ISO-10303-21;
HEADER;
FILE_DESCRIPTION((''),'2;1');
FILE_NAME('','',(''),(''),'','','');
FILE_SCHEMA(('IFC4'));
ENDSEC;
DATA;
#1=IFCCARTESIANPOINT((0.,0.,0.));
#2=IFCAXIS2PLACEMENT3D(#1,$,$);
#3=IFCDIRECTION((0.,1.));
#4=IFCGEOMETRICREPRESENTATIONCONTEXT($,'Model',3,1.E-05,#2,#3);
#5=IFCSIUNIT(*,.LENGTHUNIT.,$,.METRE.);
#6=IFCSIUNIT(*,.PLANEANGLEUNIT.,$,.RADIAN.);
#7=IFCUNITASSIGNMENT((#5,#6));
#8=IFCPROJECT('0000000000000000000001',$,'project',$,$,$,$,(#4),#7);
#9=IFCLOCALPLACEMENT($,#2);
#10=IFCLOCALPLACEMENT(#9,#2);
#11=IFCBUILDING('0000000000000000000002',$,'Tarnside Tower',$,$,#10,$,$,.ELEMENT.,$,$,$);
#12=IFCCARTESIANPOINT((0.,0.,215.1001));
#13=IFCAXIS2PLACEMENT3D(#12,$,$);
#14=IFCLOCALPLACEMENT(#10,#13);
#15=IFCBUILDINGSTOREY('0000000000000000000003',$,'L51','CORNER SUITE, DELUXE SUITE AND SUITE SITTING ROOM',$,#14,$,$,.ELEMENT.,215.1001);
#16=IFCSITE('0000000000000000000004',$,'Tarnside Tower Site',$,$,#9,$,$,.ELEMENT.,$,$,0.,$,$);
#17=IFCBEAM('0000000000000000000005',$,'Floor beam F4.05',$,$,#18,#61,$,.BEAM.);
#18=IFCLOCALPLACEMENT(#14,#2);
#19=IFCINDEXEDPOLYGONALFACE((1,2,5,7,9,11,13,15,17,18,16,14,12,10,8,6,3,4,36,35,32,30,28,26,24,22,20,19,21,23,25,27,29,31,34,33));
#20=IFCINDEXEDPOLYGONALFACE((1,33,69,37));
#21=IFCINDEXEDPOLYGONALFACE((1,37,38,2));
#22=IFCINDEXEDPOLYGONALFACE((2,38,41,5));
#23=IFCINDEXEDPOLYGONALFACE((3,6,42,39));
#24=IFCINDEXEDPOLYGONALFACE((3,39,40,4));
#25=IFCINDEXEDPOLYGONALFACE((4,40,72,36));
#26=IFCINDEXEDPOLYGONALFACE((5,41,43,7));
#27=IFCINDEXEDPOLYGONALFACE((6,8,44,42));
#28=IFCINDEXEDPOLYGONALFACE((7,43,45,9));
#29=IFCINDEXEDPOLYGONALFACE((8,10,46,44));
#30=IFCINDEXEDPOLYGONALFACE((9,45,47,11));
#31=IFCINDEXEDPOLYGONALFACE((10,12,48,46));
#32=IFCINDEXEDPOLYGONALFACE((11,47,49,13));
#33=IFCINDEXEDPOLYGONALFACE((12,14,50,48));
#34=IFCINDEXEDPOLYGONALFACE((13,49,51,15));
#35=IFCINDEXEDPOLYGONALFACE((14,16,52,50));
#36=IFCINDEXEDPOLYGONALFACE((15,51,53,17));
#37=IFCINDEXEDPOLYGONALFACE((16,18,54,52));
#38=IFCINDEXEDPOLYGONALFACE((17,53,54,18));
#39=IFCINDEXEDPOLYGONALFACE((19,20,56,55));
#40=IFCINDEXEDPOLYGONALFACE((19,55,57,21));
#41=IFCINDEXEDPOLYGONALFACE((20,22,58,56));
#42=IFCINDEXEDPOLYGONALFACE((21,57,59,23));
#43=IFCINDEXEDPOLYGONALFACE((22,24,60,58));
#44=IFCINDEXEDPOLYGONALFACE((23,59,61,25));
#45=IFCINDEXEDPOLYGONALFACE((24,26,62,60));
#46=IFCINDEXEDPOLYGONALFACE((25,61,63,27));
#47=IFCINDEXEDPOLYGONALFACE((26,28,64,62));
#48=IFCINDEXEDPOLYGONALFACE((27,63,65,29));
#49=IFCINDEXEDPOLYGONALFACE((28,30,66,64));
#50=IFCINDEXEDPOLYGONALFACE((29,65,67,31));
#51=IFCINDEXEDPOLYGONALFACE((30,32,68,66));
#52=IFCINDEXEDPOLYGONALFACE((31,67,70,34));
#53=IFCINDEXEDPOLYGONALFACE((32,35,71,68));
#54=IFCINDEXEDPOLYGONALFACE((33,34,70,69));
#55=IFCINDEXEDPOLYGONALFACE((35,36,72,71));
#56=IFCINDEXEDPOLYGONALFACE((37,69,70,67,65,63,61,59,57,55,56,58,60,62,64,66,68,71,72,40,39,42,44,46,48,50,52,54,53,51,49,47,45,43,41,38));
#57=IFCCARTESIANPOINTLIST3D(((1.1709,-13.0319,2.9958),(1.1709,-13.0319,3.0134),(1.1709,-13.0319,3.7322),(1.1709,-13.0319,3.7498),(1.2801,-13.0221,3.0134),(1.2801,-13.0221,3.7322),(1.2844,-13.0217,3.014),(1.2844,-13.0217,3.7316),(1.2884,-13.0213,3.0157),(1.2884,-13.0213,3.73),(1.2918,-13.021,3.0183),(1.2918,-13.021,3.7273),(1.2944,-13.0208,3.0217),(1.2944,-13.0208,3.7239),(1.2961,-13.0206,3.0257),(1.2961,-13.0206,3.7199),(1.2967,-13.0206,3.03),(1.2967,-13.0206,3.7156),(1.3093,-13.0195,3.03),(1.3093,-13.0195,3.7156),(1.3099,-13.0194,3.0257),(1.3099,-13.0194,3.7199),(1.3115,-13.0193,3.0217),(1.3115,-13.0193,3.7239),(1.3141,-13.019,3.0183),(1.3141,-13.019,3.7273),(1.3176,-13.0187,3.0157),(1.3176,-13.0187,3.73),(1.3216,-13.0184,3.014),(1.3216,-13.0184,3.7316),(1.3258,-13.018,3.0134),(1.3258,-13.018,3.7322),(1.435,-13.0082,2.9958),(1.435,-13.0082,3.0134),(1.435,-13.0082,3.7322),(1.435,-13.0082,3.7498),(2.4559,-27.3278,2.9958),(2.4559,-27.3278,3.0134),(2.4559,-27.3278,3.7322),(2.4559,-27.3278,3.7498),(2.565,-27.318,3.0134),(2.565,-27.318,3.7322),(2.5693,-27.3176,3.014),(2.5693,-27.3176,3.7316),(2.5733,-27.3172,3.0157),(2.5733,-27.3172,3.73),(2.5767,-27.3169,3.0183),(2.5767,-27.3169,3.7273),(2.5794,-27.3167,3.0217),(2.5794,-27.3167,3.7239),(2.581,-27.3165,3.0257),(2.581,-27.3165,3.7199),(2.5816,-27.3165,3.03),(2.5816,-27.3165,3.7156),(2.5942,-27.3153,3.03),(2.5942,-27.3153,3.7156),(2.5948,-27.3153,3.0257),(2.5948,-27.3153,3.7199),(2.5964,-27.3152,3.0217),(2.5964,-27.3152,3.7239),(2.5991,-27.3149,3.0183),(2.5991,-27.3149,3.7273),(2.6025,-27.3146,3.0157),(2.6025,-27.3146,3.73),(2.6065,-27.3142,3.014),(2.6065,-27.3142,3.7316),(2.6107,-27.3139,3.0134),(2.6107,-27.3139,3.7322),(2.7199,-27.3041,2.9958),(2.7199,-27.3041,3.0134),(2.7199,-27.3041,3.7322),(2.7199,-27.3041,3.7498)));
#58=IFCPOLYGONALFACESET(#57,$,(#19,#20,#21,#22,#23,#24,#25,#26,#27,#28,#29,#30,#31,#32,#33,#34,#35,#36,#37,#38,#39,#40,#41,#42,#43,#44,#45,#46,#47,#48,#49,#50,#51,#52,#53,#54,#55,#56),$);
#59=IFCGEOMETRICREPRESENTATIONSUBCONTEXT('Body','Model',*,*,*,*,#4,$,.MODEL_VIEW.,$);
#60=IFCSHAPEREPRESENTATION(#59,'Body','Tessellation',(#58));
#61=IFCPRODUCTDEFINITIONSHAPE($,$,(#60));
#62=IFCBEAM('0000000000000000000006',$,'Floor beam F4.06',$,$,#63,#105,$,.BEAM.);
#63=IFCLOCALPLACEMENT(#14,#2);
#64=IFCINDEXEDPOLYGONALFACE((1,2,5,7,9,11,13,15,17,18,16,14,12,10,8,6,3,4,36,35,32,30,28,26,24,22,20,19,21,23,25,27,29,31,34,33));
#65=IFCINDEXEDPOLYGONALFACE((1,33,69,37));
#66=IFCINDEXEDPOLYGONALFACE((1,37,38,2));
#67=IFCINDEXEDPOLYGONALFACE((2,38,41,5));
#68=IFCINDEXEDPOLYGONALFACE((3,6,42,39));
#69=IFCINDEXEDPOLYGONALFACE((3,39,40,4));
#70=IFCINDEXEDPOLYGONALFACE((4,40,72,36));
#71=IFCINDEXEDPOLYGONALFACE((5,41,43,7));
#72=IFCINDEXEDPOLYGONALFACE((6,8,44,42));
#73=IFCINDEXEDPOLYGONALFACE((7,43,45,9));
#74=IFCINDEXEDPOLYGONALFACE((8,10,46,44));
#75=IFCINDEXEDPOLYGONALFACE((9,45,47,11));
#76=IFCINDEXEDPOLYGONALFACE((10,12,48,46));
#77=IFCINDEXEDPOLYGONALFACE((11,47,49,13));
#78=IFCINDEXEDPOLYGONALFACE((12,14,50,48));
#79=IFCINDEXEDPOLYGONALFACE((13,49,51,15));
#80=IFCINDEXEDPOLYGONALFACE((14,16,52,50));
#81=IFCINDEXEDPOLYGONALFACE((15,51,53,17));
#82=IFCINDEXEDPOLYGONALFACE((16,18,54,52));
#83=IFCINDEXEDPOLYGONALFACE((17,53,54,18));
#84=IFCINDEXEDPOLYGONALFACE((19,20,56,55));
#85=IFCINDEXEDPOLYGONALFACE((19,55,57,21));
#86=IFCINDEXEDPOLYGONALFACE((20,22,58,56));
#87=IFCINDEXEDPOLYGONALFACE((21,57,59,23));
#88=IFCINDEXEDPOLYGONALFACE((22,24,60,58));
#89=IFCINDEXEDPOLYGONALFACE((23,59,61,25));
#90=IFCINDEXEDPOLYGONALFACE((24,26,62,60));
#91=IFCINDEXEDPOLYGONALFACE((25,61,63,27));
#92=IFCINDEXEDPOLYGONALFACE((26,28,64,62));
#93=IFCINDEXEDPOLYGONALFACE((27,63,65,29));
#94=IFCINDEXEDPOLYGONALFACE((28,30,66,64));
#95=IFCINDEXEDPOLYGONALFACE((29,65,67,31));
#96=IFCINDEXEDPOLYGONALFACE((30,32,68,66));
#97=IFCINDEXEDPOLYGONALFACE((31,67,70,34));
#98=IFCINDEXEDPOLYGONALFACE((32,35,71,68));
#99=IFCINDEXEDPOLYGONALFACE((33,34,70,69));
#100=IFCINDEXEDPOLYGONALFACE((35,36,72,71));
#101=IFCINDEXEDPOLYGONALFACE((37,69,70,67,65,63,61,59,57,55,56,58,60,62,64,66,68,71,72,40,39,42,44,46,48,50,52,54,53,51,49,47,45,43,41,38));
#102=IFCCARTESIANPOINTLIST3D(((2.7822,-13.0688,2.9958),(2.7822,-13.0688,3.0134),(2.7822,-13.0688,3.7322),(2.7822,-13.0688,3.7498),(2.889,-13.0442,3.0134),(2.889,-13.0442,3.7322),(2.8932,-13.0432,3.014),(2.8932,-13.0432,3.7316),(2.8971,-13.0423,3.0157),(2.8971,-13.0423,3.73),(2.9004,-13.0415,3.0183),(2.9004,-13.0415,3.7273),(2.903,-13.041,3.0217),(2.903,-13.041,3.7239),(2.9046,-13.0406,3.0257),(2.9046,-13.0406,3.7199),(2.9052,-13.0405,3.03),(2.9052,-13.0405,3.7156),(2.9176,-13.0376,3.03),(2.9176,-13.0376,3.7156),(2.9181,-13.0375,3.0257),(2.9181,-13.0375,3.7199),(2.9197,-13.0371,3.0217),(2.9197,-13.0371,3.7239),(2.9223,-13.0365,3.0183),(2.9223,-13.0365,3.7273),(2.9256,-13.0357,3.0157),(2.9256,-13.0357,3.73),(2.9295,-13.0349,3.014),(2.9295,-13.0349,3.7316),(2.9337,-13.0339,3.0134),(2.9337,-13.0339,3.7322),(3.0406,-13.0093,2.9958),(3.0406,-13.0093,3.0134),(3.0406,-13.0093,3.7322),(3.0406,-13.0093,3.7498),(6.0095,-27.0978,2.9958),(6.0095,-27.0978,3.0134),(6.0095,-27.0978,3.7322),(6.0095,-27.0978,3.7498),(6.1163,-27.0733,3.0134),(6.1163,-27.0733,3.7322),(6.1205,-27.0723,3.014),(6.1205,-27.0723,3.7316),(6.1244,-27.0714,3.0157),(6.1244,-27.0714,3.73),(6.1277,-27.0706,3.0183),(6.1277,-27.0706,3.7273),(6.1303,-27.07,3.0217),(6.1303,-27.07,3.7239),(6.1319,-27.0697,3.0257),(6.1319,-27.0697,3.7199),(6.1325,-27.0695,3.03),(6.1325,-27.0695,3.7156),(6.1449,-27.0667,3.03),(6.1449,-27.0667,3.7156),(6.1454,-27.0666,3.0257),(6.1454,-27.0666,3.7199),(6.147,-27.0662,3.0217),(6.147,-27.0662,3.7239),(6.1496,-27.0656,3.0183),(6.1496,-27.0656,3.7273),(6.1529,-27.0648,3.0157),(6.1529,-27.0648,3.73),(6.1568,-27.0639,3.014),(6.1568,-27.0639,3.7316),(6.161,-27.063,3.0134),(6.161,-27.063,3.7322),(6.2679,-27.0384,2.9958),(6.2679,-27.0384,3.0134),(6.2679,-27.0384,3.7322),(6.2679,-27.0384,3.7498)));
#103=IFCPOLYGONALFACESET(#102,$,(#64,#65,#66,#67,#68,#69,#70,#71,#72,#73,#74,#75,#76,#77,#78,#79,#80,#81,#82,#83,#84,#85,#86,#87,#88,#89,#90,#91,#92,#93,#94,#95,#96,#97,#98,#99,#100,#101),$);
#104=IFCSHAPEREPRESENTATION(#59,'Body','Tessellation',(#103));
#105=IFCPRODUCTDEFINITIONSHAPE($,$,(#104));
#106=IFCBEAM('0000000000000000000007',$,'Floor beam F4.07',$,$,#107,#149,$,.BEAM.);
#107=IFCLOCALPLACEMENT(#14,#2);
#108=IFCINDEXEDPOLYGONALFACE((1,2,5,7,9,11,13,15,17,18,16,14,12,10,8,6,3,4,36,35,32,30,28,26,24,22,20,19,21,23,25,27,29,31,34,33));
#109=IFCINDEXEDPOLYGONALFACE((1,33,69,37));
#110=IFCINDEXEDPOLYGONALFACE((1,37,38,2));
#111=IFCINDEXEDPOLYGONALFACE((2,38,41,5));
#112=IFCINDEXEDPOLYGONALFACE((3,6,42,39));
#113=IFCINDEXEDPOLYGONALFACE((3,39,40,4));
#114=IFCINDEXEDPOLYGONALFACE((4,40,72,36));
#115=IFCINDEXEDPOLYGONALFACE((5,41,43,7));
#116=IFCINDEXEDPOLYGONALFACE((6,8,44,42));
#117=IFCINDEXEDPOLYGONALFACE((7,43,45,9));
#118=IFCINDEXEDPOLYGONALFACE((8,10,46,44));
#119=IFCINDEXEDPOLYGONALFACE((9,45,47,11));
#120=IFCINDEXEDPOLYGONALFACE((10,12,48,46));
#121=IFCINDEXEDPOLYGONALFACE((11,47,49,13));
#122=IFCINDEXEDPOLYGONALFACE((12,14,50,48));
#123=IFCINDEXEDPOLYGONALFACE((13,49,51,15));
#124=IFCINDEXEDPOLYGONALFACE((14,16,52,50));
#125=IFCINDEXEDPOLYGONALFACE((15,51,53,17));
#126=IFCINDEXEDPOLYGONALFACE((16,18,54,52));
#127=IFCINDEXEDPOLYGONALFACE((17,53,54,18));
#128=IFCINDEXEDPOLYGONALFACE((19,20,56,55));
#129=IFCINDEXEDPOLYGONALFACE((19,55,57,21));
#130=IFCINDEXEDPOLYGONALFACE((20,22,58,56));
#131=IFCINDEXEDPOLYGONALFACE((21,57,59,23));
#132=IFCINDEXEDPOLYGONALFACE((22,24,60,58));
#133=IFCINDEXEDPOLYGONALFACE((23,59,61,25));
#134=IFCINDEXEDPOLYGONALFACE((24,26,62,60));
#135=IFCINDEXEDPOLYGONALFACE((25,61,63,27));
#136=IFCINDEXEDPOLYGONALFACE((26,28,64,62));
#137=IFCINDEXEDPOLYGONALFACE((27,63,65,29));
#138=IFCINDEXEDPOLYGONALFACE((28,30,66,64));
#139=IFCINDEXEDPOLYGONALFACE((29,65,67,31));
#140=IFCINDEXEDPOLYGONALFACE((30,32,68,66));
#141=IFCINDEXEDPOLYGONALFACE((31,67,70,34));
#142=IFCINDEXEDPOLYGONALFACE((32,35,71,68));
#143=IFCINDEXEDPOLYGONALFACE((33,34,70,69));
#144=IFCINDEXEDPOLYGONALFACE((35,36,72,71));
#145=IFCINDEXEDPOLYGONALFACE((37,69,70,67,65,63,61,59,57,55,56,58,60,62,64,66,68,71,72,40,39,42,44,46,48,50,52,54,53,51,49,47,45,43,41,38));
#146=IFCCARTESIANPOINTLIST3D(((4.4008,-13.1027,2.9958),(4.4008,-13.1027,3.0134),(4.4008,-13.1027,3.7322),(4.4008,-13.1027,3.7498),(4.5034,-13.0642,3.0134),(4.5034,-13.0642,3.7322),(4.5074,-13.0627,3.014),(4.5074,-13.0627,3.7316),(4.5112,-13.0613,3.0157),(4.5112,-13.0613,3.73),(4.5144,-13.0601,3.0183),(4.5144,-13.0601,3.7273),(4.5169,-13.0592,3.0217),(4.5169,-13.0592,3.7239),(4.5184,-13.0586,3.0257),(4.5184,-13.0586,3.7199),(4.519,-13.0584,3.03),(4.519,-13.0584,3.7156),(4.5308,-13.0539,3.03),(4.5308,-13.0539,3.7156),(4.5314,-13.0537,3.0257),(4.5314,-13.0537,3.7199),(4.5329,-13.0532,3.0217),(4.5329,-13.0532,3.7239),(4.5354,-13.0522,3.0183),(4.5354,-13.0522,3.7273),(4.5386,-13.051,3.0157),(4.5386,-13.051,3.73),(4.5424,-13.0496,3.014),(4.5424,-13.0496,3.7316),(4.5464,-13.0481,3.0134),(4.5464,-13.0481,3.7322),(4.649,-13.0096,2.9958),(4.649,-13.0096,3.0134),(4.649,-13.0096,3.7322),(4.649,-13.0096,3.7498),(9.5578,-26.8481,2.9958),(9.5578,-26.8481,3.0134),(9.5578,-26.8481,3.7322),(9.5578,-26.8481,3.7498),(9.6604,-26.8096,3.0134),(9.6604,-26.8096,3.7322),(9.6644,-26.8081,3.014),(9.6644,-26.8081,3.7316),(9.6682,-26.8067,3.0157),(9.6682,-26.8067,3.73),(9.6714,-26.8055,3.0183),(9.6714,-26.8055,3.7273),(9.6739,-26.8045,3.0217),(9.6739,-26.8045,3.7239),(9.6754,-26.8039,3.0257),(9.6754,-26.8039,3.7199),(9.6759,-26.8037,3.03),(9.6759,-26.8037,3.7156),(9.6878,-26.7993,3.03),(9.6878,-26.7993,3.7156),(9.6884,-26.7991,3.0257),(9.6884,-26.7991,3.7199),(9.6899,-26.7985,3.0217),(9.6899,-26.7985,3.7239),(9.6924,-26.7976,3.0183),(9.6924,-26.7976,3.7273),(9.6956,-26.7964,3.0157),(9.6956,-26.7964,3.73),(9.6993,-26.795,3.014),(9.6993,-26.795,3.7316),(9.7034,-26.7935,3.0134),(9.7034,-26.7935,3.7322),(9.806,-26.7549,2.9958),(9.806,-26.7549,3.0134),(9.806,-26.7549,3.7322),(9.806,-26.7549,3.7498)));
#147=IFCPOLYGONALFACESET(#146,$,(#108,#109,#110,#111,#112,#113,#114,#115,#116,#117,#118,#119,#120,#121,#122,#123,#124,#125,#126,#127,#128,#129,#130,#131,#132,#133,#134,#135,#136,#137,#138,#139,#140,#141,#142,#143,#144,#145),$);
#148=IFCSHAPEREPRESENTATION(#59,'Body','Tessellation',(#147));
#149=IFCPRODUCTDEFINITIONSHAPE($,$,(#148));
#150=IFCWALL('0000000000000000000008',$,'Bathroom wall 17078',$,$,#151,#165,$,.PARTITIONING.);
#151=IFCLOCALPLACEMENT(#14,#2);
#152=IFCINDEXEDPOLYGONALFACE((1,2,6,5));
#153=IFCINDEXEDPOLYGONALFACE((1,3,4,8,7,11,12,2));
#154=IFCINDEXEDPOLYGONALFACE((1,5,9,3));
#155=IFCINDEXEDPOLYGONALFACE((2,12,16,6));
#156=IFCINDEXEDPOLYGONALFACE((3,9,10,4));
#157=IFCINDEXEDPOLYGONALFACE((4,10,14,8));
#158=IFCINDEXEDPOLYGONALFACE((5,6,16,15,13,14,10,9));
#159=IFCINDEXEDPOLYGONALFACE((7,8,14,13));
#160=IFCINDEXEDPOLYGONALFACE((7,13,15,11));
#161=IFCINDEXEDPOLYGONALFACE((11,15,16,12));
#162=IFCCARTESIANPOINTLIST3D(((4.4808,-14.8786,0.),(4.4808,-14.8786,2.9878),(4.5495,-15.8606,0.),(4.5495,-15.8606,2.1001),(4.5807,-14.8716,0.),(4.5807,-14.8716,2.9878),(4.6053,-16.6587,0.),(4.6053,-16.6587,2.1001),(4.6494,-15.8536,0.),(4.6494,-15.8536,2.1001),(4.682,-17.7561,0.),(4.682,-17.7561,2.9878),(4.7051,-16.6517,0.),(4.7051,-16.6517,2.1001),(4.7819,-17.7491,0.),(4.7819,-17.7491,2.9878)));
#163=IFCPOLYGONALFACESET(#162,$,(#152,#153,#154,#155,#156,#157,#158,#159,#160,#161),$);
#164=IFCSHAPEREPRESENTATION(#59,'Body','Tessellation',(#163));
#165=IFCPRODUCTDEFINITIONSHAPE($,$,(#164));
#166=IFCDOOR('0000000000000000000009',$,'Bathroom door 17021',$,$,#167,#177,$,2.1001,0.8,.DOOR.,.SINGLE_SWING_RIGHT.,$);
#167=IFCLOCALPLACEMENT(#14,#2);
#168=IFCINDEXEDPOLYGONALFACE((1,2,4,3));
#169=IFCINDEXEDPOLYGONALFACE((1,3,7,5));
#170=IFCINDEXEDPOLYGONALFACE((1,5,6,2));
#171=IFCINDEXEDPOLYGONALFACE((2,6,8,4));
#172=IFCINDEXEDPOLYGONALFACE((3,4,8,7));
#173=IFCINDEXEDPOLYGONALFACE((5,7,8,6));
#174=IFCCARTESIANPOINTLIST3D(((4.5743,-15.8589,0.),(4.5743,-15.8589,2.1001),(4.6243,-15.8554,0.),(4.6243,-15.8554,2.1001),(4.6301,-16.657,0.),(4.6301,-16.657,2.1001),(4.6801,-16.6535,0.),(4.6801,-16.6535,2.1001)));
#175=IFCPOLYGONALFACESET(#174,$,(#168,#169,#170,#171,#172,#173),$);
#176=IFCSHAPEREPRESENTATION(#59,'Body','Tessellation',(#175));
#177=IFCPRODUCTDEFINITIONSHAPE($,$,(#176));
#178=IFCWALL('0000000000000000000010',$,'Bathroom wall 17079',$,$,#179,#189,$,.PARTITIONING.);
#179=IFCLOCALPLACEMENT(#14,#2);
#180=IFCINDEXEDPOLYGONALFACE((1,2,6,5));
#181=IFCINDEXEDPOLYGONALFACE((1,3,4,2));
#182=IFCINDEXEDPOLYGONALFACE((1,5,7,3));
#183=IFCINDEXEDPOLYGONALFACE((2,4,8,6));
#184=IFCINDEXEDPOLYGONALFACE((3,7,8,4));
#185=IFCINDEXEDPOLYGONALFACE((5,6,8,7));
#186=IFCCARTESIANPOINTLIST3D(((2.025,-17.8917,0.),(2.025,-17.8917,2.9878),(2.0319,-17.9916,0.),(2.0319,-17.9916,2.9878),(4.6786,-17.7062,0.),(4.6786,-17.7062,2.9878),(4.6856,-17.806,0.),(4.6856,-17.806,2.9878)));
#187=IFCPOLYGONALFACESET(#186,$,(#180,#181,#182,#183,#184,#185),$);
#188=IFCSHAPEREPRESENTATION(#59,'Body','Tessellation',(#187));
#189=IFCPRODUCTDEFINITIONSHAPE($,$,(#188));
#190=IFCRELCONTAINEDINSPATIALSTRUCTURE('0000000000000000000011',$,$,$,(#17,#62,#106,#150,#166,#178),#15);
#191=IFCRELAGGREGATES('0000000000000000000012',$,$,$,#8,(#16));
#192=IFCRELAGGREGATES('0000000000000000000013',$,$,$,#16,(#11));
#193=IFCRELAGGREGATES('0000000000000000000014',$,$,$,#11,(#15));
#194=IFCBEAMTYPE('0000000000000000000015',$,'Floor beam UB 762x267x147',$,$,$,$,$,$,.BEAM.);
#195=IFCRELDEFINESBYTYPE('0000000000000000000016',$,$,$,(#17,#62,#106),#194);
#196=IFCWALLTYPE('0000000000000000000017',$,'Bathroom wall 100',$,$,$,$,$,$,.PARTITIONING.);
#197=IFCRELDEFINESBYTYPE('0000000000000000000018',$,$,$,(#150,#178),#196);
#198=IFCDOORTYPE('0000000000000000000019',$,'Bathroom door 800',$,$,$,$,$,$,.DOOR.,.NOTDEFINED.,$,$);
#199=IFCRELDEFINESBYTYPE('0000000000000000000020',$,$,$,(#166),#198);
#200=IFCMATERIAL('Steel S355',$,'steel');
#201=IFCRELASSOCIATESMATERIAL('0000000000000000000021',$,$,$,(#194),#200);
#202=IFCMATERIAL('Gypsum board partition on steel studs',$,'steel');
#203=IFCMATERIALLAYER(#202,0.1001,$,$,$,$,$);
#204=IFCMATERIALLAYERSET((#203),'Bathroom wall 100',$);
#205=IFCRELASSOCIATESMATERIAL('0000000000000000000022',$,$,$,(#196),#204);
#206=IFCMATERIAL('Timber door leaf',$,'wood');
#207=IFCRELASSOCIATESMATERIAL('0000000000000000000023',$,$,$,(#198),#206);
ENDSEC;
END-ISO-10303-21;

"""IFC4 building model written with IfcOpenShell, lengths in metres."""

from ifc_helpers import new_model, si_unit, direction, frame, frame_2d, origin, origin_2d, place, context, subcontext, project, spatial, rectangle, i_section, extrude, material, layer, layer_set, material_profile, profile_set, type_object, element, fill, save


model = new_model("IFC4")

# Units and contexts
model_context = context("Model", 3, precision=1e-05, world=origin(), true_north=direction((0.0, 1.0)))
body_context = subcontext(model_context, "Body", "Model", "MODEL_VIEW")
ifc_project = project(units=[si_unit("LENGTHUNIT", "METRE"), si_unit("PLANEANGLEUNIT", "RADIAN")], contexts=[model_context])

# Site, building, storey
site_placement = place(None, origin())
site = spatial("IfcSite", under=ifc_project, at=site_placement, Name="Tarnside Tower Site", CompositionType="ELEMENT", RefElevation=0.0)
building_placement = place(site_placement, origin())
building = spatial("IfcBuilding", under=site, at=building_placement, Name="Tarnside Tower", CompositionType="ELEMENT")
storey_placement = place(building_placement, frame((0.0, 0.0, 215.1001)))
storey = spatial("IfcBuildingStorey", under=building, at=storey_placement, Name="L51", Description="CORNER SUITE, DELUXE SUITE AND SUITE SITTING ROOM", CompositionType="ELEMENT", Elevation=215.1001)

# Beams
ifc_material_1 = material(Name="Steel S355", Category="steel")
ifc_material_profile = material_profile(ifc_material_1, i_section(OverallWidth=0.2651, OverallDepth=0.7539, WebThickness=0.0127, FlangeThickness=0.0176, FilletRadius=0.0166, at=origin_2d()), Name="UB 762x267x147")
ifc_profile_set = profile_set([ifc_material_profile], Name="Steel S355")
beam_type = type_object("IfcBeamType", Name="Floor beam UB 762x267x147", PredefinedType="BEAM", material=ifc_profile_set)
beam_1_placement = place(storey_placement, frame((2.5879, -27.3159, 3.3728), z_axis=(-0.089519, 0.995985, 0.0), x_axis=(-0.995985, -0.089519, 0.0)))
element("IfcBeam", 1, at=beam_1_placement, inside=storey, type_object=beam_type, Name="Floor beam F4.05", PredefinedType="BEAM", context=body_context, shape_type="SweptSolid", body=[
    extrude(i_section(OverallWidth=0.2651, OverallDepth=0.7539, WebThickness=0.0127, FlangeThickness=0.0176, FilletRadius=0.0166, at=origin_2d()), origin(), (0.0, 0.0, 1.0), 14.3535),
])
beam_2_placement = place(storey_placement, frame((6.1387, -27.0681, 3.3728), z_axis=(-0.224188, 0.974546, 0.0), x_axis=(-0.974546, -0.224188, 0.0)))
element("IfcBeam", 2, at=beam_2_placement, inside=storey, type_object=beam_type, Name="Floor beam F4.06", PredefinedType="BEAM", context=body_context, shape_type="SweptSolid", body=[
    extrude(i_section(OverallWidth=0.2651, OverallDepth=0.7539, WebThickness=0.0127, FlangeThickness=0.0176, FilletRadius=0.0166, at=origin_2d()), origin(), (0.0, 0.0, 1.0), 14.3955),
])
beam_3_placement = place(storey_placement, frame((9.6819, -26.8015, 3.3728), z_axis=(-0.351271, 0.936274, 0.0), x_axis=(-0.936274, -0.351271, 0.0)))
element("IfcBeam", 3, at=beam_3_placement, inside=storey, type_object=beam_type, Name="Floor beam F4.07", PredefinedType="BEAM", context=body_context, shape_type="SweptSolid", body=[
    extrude(i_section(OverallWidth=0.2651, OverallDepth=0.7539, WebThickness=0.0127, FlangeThickness=0.0176, FilletRadius=0.0166, at=origin_2d()), origin(), (0.0, 0.0, 1.0), 14.6809),
])

# Wall, opening, door
ifc_material_2 = material(Name="Gypsum board partition on steel studs", Category="steel")
ifc_layer_1 = layer(ifc_material_2, 0.1001)
ifc_layer_set_1 = layer_set([ifc_layer_1], Name="Bathroom wall 100")
wall_type_1 = type_object("IfcWallType", Name="Bathroom wall 100", PredefinedType="PARTITIONING", material=ifc_layer_set_1)
wall_1_placement = place(storey_placement, frame((4.5308, -14.875, 0.0), z_axis=(0.0, 0.0, 1.0), x_axis=(0.069743, -0.997565, 0.0)))
wall_1 = element("IfcWall", 4, at=wall_1_placement, inside=storey, type_object=wall_type_1, Name="Bathroom wall 17078", PredefinedType="PARTITIONING", context=body_context, shape_type="SweptSolid", body=[
    extrude(rectangle(XDim=2.8845, YDim=0.1001, at=frame_2d((1.4424, 0.0))), origin(), (0.0, 0.0, 1.0), 2.9878),
])
opening_1_placement = place(wall_1_placement, frame((0.9846, 0.0, 0.0)))
opening_1 = element("IfcOpeningElement", 5, at=opening_1_placement, cuts=wall_1, PredefinedType="OPENING", context=body_context, shape_type="SweptSolid", body=[
    extrude(rectangle(XDim=0.8, YDim=2.1001, at=frame_2d((0.3999, 1.05))), frame((0.0, 0.0601, 0.0), z_axis=(0.0, -1.0, 0.0), x_axis=(1.0, 0.0, 0.0)), (0.0, 0.0, 1.0), 0.1201),
])
ifc_material_3 = material(Name="Timber door leaf", Category="wood")
door_type_1 = type_object("IfcDoorType", Name="Bathroom door 800", OperationType="NOTDEFINED", PredefinedType="DOOR", material=ifc_material_3)
door_1_placement = place(opening_1_placement, origin())
door_1 = element("IfcDoor", 6, at=door_1_placement, inside=storey, type_object=door_type_1, Name="Bathroom door 17021", OperationType="SINGLE_SWING_RIGHT", OverallHeight=2.1001, OverallWidth=0.8, PredefinedType="DOOR", context=body_context, shape_type="SweptSolid", body=[
    extrude(rectangle(XDim=0.8, YDim=2.1001, at=frame_2d((0.3999, 1.05))), frame((0.0, 0.0249, 0.0), z_axis=(0.0, -1.0, 0.0), x_axis=(1.0, 0.0, 0.0)), (0.0, 0.0, 1.0), 0.05),
])
fill(opening_1, door_1)

# Wall
wall_2_placement = place(storey_placement, frame((4.6821, -17.7561, 0.0), z_axis=(0.0, 0.0, 1.0), x_axis=(-0.997564, -0.069753, 0.0)))
element("IfcWall", 7, at=wall_2_placement, inside=storey, type_object=wall_type_1, Name="Bathroom wall 17079", PredefinedType="PARTITIONING", context=body_context, shape_type="SweptSolid", body=[
    extrude(rectangle(XDim=2.6602, YDim=0.1001, at=frame_2d((1.3301, 0.0))), origin(), (0.0, 0.0, 1.0), 2.9878),
])

save(model, "model.ifc")
